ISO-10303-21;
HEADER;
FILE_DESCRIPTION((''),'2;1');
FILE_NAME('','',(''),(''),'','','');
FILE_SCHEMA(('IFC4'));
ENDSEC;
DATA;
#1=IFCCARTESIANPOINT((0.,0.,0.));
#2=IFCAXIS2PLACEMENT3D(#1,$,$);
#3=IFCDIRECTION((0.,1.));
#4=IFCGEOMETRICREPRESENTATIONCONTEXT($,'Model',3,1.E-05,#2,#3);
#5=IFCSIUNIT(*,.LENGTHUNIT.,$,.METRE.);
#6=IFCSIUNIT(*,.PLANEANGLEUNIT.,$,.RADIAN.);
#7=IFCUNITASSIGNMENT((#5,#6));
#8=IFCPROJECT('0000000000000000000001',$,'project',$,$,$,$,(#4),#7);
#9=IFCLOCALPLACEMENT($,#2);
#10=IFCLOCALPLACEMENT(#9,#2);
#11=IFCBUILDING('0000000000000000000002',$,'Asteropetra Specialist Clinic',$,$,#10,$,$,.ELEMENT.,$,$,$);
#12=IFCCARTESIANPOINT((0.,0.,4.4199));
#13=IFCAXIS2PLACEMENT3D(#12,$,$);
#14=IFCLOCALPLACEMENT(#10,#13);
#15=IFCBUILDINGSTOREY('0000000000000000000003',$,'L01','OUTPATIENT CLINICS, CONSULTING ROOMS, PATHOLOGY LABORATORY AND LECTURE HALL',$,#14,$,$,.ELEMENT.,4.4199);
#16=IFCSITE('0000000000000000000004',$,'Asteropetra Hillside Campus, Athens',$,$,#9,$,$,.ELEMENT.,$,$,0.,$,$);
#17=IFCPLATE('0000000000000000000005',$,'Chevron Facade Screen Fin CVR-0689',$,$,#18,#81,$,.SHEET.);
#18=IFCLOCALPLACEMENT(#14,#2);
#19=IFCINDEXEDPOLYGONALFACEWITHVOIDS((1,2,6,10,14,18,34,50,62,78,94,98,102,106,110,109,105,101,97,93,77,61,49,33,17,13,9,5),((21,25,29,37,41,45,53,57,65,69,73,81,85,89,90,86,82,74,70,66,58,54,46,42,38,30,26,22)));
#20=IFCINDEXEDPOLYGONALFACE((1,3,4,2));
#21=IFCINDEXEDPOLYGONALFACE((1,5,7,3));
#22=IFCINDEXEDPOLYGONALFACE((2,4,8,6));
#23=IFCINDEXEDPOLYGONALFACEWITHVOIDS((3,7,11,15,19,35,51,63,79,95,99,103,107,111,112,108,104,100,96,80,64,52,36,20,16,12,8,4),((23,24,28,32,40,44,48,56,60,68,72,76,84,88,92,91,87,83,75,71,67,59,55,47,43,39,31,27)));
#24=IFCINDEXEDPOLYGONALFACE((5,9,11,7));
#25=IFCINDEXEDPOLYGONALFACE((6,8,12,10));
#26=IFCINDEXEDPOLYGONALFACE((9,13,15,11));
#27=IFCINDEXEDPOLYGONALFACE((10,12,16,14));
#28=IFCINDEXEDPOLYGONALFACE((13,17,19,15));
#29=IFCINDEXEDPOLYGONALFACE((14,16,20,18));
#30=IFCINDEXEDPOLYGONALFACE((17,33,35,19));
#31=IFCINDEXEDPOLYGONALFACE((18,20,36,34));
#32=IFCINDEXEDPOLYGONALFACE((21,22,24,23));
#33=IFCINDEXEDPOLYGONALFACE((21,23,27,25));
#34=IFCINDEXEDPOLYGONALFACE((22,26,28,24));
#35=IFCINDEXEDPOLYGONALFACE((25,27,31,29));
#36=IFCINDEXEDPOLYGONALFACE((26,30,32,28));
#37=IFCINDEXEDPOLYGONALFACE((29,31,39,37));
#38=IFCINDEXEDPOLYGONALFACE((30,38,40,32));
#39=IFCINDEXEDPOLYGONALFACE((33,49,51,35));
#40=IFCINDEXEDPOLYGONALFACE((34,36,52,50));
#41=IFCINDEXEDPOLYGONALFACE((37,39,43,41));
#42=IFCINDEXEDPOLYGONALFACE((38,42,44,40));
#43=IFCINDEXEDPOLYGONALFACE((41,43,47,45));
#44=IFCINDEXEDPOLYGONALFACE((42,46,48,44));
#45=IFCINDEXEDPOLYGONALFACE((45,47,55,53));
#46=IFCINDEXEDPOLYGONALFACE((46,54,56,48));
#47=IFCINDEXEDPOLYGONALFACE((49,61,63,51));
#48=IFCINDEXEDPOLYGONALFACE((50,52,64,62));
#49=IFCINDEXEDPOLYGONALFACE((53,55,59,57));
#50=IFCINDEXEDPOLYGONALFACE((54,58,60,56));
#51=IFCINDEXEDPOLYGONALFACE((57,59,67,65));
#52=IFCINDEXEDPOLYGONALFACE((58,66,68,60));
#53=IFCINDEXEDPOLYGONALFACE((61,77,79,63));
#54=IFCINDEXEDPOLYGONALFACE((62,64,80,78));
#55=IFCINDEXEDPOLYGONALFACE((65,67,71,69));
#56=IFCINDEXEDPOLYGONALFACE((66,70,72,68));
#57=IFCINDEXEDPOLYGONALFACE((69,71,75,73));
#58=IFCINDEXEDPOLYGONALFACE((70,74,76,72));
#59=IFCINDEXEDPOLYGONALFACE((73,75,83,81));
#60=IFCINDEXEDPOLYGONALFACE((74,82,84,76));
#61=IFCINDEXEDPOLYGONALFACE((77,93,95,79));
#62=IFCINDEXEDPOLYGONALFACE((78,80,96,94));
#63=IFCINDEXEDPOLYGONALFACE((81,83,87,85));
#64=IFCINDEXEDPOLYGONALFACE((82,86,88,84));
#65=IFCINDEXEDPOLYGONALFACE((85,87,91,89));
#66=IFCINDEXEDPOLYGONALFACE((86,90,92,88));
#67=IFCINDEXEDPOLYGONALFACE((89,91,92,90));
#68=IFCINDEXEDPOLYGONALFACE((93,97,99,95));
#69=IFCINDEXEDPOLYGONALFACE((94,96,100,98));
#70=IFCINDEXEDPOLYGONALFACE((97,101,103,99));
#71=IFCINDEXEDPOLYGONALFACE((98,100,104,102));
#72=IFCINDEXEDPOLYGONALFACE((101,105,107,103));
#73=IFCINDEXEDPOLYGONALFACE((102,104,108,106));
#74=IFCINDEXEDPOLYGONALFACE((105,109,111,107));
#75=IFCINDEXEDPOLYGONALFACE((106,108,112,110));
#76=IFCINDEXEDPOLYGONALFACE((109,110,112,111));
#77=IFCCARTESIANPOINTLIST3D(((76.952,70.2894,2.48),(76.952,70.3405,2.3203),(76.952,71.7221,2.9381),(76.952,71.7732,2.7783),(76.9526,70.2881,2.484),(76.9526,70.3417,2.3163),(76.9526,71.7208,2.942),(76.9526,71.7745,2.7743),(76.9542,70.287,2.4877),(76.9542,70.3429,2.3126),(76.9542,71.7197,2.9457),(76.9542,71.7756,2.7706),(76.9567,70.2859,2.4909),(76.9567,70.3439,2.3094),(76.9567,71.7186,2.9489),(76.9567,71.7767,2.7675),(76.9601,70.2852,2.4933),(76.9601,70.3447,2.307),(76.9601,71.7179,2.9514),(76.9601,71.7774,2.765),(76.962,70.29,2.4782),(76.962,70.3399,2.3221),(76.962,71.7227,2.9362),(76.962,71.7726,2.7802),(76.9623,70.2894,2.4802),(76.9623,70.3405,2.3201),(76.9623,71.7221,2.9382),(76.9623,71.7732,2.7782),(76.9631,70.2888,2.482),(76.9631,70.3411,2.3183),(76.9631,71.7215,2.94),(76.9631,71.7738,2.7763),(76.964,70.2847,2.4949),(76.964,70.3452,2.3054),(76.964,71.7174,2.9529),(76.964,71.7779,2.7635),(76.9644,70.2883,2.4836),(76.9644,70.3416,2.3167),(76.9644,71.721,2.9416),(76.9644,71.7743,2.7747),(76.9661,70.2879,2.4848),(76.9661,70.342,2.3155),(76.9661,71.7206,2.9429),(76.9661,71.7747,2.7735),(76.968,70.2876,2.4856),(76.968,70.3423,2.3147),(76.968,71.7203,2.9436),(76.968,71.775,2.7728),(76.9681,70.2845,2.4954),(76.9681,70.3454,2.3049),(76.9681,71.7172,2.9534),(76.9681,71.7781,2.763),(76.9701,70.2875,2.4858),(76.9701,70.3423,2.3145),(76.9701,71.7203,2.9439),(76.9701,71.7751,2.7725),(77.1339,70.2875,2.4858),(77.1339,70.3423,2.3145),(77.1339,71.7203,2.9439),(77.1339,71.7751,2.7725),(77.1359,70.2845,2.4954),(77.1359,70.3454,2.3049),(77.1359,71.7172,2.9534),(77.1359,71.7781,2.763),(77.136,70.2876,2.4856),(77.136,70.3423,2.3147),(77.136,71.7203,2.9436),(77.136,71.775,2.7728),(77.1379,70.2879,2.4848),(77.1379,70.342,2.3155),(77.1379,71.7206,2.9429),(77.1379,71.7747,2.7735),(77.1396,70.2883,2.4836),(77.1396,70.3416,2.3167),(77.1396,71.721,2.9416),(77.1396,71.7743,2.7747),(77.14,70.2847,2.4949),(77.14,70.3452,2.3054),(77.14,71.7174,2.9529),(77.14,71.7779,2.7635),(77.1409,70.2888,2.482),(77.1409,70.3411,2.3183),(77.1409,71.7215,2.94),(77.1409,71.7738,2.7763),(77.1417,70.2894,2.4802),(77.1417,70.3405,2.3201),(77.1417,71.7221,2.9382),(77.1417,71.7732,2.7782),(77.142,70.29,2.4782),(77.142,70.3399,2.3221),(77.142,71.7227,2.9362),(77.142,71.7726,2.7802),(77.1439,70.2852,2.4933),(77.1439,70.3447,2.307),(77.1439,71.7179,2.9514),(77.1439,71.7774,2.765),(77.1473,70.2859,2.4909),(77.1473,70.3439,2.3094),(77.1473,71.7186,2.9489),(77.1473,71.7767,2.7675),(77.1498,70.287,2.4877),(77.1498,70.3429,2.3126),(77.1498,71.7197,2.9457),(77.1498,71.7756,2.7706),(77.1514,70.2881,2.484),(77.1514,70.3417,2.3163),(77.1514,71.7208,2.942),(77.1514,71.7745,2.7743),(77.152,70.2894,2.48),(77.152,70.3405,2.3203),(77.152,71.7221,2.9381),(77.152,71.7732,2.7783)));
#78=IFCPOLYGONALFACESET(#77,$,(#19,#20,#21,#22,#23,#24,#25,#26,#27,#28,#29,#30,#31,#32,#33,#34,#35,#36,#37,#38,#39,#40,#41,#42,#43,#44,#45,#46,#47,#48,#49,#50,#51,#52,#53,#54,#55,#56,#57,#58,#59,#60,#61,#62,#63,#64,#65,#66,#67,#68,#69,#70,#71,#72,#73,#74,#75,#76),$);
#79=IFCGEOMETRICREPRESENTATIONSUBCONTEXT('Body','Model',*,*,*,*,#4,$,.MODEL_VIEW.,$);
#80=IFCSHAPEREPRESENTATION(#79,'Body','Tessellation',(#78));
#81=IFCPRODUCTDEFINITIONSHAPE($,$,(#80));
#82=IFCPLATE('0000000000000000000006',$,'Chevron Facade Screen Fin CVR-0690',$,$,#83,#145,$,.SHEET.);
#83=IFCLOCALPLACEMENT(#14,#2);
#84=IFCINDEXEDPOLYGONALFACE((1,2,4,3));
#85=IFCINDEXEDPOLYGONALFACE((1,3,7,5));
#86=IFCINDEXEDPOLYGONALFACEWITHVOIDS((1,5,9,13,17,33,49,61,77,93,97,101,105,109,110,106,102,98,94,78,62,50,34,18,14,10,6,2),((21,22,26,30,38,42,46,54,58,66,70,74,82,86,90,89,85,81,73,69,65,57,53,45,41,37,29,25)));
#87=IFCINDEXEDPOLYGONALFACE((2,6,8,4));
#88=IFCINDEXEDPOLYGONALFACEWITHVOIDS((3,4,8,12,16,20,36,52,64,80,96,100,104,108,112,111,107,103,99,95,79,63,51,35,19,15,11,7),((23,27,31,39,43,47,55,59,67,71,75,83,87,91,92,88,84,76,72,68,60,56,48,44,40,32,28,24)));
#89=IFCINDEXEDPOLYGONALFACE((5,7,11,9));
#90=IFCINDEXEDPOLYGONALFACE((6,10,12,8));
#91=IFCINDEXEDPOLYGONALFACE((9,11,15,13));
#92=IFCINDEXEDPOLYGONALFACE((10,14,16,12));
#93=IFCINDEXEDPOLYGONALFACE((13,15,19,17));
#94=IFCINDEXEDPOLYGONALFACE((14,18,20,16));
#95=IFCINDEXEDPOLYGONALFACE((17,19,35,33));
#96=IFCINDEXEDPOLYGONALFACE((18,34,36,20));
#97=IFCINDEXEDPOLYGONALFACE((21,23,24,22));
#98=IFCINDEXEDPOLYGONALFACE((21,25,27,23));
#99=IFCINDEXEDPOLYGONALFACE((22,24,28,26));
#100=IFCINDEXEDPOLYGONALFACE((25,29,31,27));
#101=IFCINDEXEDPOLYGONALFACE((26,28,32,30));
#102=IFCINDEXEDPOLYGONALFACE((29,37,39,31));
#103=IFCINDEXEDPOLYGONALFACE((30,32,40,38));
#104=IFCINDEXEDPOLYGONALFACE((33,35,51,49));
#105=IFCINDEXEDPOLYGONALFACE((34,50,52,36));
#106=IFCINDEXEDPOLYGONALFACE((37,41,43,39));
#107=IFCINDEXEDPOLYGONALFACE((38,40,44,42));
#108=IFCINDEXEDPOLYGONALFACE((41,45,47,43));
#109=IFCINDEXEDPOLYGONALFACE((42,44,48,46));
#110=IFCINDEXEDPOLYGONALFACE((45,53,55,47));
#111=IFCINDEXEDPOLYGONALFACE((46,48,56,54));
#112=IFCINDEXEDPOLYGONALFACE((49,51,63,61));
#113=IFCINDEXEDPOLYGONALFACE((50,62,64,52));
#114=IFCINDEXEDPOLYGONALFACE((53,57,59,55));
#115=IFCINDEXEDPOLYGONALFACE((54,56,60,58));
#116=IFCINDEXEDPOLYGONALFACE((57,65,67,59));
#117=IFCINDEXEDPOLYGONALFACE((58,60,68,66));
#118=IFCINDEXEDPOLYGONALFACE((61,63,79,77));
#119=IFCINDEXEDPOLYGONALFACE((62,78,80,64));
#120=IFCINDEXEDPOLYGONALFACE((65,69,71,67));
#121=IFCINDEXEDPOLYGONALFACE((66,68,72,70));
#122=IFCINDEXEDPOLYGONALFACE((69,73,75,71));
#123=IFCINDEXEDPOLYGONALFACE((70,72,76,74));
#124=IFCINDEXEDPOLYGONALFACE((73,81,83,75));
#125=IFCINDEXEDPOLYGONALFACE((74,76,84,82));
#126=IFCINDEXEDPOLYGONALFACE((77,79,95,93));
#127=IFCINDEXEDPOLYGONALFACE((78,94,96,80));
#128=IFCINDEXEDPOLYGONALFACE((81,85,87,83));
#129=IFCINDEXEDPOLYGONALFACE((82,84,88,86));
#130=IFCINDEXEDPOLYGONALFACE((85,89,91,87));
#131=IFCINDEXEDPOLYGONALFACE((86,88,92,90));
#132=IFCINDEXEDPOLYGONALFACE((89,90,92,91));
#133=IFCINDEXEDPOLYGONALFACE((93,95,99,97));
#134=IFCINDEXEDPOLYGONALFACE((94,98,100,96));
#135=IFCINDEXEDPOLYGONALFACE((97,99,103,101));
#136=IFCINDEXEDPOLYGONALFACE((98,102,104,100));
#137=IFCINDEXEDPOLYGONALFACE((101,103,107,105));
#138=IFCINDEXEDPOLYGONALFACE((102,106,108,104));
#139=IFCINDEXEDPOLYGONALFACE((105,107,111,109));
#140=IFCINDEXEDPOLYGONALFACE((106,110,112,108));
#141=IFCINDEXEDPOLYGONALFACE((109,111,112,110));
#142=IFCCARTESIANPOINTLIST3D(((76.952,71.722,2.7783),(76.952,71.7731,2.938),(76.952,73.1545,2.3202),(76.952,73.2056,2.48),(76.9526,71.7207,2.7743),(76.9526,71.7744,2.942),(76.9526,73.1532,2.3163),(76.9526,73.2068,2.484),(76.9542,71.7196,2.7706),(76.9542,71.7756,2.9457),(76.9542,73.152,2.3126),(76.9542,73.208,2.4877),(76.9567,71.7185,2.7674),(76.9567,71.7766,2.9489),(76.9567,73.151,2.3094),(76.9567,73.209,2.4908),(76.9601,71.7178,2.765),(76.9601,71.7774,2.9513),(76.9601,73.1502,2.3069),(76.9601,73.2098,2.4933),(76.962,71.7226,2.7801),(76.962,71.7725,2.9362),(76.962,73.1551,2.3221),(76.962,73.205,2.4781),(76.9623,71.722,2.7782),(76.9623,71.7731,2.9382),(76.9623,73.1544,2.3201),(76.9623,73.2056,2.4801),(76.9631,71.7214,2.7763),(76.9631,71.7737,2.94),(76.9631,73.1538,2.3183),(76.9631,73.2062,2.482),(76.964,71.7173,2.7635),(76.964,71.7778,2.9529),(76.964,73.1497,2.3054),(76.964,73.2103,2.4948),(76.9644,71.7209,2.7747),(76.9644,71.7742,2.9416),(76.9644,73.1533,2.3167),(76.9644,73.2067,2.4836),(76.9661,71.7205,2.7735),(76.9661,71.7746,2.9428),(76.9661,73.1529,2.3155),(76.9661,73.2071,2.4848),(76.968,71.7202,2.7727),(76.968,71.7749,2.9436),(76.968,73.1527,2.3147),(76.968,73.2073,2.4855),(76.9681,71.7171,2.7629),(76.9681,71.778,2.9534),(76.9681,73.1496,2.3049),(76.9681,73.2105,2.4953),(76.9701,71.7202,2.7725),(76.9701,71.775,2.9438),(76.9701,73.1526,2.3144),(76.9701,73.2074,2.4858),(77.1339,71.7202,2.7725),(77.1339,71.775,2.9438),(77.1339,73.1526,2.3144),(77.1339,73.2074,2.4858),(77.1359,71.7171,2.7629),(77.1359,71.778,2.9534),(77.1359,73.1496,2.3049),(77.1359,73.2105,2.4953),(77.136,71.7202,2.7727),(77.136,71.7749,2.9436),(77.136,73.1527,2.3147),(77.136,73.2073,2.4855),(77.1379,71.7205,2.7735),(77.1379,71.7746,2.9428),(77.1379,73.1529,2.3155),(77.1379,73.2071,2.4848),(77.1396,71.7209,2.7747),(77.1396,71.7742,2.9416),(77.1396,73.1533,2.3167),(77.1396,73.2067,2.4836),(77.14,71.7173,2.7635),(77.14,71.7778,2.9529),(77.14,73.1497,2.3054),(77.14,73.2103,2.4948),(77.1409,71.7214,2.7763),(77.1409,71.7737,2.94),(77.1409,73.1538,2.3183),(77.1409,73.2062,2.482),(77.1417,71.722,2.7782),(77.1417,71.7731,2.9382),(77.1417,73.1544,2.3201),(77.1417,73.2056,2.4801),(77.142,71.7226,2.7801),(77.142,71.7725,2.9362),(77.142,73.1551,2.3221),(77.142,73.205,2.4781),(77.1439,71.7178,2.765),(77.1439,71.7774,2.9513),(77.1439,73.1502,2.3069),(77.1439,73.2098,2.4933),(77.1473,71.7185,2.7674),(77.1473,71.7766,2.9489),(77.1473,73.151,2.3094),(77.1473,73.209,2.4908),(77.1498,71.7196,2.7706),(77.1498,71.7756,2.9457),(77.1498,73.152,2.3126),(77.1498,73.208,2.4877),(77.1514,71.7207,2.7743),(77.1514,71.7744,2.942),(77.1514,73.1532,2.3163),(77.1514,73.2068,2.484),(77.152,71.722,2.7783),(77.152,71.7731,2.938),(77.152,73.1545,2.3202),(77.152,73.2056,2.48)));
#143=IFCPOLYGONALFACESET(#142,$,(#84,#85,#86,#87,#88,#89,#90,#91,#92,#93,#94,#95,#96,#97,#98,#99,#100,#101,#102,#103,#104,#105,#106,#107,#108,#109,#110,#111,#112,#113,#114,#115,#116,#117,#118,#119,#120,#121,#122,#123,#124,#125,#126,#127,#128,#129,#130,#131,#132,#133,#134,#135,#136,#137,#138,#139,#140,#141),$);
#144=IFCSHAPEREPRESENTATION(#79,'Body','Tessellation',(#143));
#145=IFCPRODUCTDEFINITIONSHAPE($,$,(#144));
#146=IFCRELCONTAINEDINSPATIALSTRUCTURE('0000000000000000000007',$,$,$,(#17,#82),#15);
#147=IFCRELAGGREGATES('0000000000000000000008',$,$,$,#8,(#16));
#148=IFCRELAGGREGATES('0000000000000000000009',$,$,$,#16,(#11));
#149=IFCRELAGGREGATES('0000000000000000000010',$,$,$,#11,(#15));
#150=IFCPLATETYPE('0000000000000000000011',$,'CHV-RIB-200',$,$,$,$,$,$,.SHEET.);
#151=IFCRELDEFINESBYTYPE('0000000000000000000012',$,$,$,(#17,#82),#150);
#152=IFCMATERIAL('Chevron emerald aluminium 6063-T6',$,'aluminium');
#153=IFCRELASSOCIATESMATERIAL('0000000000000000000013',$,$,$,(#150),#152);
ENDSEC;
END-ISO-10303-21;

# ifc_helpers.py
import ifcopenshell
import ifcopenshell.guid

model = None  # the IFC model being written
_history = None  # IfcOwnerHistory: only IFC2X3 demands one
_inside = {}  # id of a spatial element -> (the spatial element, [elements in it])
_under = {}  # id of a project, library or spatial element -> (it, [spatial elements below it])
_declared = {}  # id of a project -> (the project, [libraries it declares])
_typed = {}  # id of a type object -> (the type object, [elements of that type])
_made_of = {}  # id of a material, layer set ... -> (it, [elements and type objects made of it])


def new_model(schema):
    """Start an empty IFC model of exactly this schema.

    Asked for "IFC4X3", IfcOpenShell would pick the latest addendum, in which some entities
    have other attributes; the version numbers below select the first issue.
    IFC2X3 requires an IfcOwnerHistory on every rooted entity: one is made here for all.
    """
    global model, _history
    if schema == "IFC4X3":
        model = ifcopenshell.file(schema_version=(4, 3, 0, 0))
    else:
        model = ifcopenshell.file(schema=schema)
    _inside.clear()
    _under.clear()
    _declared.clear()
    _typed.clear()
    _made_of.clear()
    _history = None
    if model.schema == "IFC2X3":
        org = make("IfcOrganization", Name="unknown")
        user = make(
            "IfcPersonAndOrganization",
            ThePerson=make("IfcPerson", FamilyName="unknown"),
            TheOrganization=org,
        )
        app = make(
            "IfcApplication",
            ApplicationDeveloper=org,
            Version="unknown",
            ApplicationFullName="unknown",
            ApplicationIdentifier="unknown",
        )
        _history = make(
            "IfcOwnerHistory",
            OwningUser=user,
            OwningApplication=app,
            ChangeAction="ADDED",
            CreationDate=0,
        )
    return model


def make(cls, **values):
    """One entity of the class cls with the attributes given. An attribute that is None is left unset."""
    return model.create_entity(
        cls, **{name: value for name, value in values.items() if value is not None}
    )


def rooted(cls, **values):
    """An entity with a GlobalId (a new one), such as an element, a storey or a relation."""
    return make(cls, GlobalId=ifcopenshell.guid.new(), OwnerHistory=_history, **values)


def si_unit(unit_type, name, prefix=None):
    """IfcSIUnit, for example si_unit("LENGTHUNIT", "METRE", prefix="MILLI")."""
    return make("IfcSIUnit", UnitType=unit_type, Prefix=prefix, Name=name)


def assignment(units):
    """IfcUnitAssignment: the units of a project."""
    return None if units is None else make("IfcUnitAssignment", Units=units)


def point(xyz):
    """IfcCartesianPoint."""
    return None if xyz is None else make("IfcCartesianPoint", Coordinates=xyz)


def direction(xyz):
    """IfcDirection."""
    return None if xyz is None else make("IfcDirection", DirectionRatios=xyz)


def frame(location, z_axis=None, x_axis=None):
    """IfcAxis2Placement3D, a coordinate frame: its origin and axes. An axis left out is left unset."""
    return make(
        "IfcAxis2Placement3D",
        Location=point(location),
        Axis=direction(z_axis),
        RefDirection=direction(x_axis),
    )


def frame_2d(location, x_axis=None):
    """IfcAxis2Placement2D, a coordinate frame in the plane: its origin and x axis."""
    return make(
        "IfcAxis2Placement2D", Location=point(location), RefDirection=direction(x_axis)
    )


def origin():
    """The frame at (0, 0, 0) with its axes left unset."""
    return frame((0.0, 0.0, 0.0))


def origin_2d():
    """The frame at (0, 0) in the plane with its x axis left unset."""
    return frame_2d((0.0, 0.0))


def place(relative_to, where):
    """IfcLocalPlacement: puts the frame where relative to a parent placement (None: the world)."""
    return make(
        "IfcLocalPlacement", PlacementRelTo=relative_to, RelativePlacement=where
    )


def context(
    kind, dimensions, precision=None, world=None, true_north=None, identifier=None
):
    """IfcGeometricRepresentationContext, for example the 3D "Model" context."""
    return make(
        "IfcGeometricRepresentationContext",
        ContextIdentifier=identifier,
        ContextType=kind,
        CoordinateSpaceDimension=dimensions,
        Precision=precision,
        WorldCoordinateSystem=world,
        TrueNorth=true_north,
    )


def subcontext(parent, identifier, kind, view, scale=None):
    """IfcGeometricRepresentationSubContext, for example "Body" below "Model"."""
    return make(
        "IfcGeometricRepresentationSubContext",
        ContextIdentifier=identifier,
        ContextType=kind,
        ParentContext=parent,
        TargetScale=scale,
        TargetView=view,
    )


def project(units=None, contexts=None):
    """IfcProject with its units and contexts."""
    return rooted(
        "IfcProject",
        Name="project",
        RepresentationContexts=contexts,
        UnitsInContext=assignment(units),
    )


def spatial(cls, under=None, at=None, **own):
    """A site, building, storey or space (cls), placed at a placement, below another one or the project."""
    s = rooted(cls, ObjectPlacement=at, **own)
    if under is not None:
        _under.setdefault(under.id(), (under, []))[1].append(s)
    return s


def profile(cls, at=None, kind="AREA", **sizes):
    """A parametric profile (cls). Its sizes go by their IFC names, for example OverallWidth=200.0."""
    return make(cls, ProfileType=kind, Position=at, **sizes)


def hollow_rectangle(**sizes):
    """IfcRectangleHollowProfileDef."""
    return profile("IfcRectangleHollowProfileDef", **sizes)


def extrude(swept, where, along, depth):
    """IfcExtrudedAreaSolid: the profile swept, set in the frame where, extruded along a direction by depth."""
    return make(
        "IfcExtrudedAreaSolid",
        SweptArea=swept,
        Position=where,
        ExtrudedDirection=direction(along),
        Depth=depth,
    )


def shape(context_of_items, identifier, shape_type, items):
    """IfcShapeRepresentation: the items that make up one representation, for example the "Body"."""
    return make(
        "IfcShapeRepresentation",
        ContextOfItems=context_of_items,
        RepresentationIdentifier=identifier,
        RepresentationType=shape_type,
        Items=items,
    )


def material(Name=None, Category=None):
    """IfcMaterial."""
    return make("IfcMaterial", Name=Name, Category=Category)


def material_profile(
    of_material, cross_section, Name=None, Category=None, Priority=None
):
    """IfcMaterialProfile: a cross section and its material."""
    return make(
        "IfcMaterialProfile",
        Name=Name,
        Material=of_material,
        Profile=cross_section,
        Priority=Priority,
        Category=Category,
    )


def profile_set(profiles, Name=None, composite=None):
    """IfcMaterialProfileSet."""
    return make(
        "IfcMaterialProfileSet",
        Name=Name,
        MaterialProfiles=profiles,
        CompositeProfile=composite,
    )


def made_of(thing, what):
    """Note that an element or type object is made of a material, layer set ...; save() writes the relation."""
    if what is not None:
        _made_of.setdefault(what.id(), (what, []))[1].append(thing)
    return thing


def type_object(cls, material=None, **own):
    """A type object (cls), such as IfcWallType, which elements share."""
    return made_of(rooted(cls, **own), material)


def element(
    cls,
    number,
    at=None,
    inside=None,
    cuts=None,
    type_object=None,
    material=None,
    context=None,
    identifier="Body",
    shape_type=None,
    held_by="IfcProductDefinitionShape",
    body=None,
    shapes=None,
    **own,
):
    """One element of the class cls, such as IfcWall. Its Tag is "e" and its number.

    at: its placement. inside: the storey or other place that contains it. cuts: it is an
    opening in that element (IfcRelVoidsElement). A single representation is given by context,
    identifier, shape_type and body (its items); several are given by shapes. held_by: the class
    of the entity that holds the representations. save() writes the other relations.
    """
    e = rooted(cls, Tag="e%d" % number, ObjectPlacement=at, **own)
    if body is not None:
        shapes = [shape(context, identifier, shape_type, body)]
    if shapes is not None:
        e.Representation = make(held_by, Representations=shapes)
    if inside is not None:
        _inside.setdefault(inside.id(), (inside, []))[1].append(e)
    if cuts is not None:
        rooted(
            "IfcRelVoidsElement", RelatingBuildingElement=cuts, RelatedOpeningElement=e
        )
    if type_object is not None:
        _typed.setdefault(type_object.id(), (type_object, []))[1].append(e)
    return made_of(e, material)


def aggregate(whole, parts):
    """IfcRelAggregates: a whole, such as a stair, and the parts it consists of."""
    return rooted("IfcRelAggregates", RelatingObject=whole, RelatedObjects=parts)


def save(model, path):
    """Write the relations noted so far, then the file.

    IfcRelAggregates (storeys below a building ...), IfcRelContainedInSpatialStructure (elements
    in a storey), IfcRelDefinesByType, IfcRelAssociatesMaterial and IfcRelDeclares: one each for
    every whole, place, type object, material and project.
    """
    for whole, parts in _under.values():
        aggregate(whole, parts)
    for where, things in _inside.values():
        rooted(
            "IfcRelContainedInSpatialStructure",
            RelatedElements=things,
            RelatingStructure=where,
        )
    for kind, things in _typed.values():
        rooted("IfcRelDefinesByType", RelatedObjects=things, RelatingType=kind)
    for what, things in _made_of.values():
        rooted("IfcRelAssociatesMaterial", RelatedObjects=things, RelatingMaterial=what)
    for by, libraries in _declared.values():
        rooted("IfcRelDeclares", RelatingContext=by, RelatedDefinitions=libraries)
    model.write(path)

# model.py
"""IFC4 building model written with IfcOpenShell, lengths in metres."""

from ifc_helpers import new_model, si_unit, direction, frame, origin, origin_2d, place, context, subcontext, project, spatial, hollow_rectangle, extrude, material, material_profile, profile_set, type_object, element, save


model = new_model("IFC4")

# Units and contexts
model_context = context("Model", 3, precision=1e-05, world=origin(), true_north=direction((0.0, 1.0)))
body_context = subcontext(model_context, "Body", "Model", "MODEL_VIEW")
ifc_project = project(units=[si_unit("LENGTHUNIT", "METRE"), si_unit("PLANEANGLEUNIT", "RADIAN")], contexts=[model_context])

# Site, building, storey
site_placement = place(None, origin())
site = spatial("IfcSite", under=ifc_project, at=site_placement, Name="Asteropetra Hillside Campus, Athens", CompositionType="ELEMENT", RefElevation=0.0)
building_placement = place(site_placement, origin())
building = spatial("IfcBuilding", under=site, at=building_placement, Name="Asteropetra Specialist Clinic", CompositionType="ELEMENT")
storey_placement = place(building_placement, frame((0.0, 0.0, 4.4199)))
storey = spatial("IfcBuildingStorey", under=building, at=storey_placement, Name="L01", Description="OUTPATIENT CLINICS, CONSULTING ROOMS, PATHOLOGY LABORATORY AND LECTURE HALL", CompositionType="ELEMENT", Elevation=4.4199)

# Plates
ifc_material_1 = material(Name="Chevron emerald aluminium 6063-T6", Category="aluminium")
ifc_material_profile = material_profile(ifc_material_1, hollow_rectangle(XDim=0.2, YDim=0.2, WallThickness=0.01, InnerFilletRadius=0.0081, OuterFilletRadius=0.0161, at=origin_2d()), Name="SHS 200x200x10.0")
ifc_profile_set = profile_set([ifc_material_profile], Name="Chevron emerald aluminium 6063-T6")
plate_type_1 = type_object("IfcPlateType", Name="CHV-RIB-200", PredefinedType="SHEET", material=ifc_profile_set)
plate_1_placement = place(storey_placement, frame((77.052, 70.3149, 2.4001), z_axis=(0.0, 0.952507, 0.304517), x_axis=(-1.0, 0.0, 0.0)))
element("IfcPlate", 1, at=plate_1_placement, inside=storey, type_object=plate_type_1, Name="Chevron Facade Screen Fin CVR-0689", PredefinedType="SHEET", context=body_context, shape_type="SweptSolid", body=[
    extrude(hollow_rectangle(XDim=0.2, YDim=0.2, WallThickness=0.01, InnerFilletRadius=0.0081, OuterFilletRadius=0.0161, at=origin_2d()), origin(), (0.0, 0.0, 1.0), 1.5042),
])
plate_2_placement = place(storey_placement, frame((77.052, 71.7476, 2.8582), z_axis=(0.0, 0.952492, -0.304564), x_axis=(-1.0, 0.0, 0.0)))
element("IfcPlate", 2, at=plate_2_placement, inside=storey, type_object=plate_type_1, Name="Chevron Facade Screen Fin CVR-0690", PredefinedType="SHEET", context=body_context, shape_type="SweptSolid", body=[
    extrude(hollow_rectangle(XDim=0.2, YDim=0.2, WallThickness=0.01, InnerFilletRadius=0.0081, OuterFilletRadius=0.0161, at=origin_2d()), origin(), (0.0, 0.0, 1.0), 1.5039),
])

save(model, "model.ifc")
